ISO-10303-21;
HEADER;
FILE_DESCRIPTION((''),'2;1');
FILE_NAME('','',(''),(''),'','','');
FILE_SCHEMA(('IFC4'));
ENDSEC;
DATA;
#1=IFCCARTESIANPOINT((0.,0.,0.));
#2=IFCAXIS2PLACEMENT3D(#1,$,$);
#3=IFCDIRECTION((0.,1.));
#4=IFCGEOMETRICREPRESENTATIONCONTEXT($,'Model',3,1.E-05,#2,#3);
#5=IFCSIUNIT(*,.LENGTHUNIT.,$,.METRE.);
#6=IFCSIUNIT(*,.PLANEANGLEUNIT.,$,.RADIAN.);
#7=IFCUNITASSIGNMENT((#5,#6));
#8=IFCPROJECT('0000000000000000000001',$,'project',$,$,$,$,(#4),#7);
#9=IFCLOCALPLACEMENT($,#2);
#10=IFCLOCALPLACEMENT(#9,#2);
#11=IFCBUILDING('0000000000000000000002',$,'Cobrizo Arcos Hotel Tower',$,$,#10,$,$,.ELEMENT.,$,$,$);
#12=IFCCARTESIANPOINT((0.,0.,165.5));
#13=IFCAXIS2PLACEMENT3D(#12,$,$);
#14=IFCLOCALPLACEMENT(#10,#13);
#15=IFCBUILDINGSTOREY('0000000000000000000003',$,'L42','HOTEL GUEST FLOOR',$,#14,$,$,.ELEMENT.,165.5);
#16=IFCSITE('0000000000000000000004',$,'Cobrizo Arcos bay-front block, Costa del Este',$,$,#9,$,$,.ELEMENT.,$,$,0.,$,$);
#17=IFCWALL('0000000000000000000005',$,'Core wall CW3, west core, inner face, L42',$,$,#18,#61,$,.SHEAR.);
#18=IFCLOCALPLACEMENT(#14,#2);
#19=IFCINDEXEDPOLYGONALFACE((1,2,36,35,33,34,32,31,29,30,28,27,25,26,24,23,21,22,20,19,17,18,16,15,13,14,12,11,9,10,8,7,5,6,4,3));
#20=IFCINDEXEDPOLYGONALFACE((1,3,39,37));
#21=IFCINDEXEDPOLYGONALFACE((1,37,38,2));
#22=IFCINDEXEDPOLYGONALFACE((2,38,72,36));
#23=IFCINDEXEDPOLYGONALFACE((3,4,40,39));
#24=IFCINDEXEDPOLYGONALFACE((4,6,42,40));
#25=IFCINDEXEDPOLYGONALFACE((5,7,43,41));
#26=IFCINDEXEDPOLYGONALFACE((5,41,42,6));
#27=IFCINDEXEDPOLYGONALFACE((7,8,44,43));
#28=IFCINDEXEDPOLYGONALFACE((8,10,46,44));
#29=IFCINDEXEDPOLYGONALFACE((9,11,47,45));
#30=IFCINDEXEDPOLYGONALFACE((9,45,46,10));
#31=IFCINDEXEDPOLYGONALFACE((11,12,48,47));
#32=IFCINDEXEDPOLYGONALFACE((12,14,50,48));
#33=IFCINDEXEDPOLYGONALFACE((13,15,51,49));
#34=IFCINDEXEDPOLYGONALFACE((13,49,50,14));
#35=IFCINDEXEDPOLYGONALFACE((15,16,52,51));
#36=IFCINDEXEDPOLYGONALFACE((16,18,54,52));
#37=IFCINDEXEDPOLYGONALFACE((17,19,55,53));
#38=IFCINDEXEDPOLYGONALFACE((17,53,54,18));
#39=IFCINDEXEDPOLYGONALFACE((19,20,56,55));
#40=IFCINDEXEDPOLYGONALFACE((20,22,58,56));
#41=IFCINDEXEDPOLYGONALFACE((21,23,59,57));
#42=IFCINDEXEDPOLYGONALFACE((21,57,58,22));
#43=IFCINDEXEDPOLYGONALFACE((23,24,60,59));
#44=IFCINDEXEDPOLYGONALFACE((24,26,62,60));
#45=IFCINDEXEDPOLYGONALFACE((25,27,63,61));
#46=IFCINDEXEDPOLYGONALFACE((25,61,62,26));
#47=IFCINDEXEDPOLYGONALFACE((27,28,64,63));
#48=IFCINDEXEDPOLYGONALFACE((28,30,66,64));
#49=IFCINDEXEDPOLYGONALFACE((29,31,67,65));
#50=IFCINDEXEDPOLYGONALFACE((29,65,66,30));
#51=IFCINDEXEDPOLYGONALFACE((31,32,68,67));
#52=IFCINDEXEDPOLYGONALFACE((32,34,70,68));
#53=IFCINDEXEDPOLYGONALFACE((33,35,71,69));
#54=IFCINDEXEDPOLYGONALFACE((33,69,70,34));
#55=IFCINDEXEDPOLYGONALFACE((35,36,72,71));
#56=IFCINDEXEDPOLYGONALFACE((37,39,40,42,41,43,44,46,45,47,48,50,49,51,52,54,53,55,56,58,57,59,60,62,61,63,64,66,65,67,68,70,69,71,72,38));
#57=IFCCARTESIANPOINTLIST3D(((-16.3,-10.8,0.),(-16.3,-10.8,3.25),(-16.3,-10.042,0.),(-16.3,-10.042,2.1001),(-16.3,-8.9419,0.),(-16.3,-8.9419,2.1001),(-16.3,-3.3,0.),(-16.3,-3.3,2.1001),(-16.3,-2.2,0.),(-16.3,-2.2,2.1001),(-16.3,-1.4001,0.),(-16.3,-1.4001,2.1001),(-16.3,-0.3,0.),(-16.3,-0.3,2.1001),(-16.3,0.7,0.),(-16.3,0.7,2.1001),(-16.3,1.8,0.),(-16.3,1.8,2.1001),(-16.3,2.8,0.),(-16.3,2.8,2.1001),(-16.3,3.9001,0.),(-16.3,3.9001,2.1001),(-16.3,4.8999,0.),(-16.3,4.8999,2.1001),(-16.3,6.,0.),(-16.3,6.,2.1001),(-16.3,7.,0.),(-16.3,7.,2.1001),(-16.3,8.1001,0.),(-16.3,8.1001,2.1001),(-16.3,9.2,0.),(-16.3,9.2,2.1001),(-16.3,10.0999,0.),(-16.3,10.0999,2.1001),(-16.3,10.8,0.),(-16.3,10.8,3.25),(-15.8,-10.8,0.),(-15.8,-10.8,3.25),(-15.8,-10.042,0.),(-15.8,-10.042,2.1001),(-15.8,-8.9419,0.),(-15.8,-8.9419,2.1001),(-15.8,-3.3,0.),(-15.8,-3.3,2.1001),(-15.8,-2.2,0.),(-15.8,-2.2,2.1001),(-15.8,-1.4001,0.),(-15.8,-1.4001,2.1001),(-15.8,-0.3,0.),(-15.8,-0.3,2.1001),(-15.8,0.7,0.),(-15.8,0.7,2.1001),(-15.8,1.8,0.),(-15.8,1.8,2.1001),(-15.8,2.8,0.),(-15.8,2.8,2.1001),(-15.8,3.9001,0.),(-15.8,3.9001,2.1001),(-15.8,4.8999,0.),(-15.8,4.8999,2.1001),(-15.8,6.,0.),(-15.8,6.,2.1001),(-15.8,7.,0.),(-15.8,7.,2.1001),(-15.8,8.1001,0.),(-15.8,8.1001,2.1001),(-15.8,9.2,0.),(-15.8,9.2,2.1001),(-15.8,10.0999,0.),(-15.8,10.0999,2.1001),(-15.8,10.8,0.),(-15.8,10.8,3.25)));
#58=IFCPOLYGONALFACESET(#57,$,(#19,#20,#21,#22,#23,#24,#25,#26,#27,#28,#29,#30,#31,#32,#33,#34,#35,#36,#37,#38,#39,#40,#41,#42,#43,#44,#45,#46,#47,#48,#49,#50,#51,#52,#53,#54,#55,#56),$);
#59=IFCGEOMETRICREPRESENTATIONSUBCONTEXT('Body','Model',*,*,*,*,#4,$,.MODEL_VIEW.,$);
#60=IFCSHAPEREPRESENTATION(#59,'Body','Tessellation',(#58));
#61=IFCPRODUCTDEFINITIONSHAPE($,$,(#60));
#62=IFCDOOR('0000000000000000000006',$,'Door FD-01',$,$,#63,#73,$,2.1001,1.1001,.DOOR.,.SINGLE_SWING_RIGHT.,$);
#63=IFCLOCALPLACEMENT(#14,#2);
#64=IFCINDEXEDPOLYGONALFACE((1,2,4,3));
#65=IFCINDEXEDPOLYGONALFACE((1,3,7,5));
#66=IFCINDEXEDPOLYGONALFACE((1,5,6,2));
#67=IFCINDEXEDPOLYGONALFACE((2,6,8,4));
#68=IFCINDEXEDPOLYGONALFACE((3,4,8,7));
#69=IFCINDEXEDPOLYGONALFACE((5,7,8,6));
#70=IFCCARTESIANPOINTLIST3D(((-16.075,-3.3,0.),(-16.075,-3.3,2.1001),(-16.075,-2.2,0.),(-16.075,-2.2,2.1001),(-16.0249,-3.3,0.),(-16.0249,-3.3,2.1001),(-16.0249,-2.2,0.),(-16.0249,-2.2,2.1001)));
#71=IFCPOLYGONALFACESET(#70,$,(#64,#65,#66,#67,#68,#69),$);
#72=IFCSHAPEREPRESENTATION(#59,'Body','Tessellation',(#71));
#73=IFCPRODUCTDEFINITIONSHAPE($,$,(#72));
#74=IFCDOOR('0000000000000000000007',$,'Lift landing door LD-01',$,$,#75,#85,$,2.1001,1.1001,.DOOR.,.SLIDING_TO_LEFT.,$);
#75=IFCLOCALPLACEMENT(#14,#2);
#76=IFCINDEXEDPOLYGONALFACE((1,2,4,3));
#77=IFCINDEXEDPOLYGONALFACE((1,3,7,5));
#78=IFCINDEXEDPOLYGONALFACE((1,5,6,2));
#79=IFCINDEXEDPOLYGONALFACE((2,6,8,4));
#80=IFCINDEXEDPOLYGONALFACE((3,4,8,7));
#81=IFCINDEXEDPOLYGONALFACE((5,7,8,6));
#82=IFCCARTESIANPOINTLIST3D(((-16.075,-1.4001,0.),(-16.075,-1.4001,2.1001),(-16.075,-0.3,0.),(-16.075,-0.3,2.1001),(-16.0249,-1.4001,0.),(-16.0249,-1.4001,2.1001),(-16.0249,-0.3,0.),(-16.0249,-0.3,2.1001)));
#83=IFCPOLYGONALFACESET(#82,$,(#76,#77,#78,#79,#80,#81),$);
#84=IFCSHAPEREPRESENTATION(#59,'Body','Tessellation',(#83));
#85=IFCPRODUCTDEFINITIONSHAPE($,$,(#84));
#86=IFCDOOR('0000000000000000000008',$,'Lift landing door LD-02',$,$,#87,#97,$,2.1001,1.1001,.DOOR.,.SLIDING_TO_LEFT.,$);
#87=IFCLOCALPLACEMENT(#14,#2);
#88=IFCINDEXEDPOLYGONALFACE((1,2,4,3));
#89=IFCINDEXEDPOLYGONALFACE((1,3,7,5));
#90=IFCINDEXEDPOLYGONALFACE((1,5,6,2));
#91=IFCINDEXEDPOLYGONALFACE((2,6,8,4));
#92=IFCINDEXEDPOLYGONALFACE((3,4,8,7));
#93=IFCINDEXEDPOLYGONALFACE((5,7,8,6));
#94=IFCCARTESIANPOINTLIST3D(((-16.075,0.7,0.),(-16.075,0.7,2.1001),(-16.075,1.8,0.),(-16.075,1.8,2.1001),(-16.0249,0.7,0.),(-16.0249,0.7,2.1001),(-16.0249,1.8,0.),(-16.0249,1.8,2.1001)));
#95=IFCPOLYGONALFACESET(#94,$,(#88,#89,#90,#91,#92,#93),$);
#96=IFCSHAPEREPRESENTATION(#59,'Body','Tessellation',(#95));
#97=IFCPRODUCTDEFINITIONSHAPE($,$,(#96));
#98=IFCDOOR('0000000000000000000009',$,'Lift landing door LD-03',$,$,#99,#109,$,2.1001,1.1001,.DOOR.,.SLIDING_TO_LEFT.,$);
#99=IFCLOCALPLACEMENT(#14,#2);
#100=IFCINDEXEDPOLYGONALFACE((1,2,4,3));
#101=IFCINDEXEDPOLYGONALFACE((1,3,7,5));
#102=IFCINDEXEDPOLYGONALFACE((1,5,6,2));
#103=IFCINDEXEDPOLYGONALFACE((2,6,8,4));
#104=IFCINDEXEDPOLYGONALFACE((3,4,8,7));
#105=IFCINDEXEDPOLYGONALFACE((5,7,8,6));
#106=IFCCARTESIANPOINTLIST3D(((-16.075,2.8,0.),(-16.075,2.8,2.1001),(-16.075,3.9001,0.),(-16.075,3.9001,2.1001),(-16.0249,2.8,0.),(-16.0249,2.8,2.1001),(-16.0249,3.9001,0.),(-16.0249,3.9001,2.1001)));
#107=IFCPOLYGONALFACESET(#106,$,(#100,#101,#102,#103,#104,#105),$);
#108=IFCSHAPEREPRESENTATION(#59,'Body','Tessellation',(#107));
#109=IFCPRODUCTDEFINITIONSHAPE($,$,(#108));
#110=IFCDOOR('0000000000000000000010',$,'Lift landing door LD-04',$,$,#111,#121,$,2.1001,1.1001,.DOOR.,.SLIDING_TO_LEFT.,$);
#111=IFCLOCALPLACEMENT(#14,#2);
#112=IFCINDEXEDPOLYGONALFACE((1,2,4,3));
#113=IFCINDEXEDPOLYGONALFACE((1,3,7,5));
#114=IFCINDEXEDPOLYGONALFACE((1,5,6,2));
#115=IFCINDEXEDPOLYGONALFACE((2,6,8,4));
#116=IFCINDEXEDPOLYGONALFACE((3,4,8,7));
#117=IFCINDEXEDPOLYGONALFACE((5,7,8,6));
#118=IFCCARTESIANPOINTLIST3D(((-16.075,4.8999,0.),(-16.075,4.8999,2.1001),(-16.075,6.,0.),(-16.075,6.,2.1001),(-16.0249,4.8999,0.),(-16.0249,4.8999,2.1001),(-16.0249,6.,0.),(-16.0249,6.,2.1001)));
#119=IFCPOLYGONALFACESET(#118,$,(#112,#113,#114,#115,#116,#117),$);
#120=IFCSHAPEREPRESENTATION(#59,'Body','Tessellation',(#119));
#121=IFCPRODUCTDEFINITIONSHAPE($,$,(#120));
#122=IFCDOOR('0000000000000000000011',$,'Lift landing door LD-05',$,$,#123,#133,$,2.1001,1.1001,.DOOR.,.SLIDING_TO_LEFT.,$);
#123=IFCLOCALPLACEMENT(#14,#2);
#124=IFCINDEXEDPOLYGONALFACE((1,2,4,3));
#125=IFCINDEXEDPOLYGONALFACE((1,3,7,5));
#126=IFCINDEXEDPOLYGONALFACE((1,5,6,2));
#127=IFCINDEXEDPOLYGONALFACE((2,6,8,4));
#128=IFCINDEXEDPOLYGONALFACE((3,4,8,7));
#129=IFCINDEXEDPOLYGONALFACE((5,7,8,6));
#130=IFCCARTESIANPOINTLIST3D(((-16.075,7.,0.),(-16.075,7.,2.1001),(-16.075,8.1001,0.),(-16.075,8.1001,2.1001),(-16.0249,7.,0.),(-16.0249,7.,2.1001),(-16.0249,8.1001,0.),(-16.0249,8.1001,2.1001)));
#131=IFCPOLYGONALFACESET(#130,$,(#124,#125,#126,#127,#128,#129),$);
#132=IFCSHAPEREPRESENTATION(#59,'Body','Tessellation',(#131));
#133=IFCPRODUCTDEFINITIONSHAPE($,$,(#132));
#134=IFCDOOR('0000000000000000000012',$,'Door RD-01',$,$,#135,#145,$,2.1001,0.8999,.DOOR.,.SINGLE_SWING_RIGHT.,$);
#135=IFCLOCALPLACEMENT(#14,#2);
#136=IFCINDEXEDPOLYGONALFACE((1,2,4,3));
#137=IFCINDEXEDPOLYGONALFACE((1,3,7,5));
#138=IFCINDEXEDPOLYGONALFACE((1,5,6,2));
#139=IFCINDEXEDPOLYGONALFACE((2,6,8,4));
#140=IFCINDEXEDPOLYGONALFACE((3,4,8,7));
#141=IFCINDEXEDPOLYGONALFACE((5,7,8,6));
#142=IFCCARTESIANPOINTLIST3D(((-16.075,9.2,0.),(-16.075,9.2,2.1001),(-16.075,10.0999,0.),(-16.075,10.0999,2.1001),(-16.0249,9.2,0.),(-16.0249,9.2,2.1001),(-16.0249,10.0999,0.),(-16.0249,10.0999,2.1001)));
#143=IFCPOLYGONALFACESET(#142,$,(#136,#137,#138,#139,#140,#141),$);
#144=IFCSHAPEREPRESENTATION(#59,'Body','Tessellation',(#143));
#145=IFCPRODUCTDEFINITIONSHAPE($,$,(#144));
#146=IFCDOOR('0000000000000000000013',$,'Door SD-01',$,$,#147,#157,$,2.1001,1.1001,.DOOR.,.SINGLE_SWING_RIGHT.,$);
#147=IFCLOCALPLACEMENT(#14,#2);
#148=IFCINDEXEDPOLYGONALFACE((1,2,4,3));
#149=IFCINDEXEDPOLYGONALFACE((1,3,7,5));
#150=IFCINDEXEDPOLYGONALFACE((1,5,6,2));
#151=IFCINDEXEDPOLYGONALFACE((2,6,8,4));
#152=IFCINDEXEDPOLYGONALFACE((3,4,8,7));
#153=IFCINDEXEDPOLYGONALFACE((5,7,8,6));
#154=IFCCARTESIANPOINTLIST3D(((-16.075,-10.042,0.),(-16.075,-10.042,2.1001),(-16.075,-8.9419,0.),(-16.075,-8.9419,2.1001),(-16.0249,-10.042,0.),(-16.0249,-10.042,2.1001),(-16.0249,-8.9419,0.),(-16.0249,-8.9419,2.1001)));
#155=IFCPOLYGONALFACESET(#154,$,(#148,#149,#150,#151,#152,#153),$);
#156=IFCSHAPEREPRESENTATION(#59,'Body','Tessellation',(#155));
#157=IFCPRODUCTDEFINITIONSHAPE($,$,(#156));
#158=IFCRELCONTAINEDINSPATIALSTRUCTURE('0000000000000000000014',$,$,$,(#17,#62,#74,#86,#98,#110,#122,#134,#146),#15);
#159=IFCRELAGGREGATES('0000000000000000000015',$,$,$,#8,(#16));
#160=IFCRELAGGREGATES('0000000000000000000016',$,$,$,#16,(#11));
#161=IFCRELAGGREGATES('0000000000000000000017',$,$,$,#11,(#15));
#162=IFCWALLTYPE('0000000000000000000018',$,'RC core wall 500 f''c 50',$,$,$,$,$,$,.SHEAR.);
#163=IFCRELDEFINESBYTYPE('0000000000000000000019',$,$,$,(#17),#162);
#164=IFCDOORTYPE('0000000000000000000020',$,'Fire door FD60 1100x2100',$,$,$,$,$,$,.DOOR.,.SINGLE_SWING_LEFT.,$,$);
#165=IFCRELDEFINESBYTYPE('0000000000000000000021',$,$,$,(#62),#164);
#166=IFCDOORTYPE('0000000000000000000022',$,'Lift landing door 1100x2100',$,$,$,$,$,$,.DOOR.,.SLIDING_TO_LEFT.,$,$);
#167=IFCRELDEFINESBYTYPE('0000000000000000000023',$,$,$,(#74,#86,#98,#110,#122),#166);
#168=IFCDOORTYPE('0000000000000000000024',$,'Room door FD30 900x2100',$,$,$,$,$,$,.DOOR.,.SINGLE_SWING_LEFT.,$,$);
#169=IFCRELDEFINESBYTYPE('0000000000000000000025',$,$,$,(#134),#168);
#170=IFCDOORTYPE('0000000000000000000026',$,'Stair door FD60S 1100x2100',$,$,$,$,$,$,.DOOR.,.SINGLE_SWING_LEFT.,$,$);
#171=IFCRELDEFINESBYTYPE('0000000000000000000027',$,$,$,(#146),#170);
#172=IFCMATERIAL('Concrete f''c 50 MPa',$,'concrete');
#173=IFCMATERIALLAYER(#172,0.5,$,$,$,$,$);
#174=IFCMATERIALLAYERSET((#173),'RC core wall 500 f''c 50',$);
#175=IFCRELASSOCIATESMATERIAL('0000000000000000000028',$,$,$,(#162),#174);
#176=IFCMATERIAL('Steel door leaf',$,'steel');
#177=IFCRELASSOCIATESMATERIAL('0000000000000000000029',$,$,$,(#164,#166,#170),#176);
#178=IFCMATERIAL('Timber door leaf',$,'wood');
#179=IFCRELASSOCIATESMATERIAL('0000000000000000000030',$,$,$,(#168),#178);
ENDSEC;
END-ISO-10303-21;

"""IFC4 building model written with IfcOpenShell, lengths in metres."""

from ifc_helpers import new_model, si_unit, direction, frame, frame_2d, origin, place, context, subcontext, project, spatial, rectangle, extrude, material, layer, layer_set, type_object, element, fill, save


model = new_model("IFC4")

# Units and contexts
model_context = context("Model", 3, precision=1e-05, world=origin(), true_north=direction((0.0, 1.0)))
body_context = subcontext(model_context, "Body", "Model", "MODEL_VIEW")
ifc_project = project(units=[si_unit("LENGTHUNIT", "METRE"), si_unit("PLANEANGLEUNIT", "RADIAN")], contexts=[model_context])

# Site, building, storey
site_placement = place(None, origin())
site = spatial("IfcSite", under=ifc_project, at=site_placement, Name="Cobrizo Arcos bay-front block, Costa del Este", CompositionType="ELEMENT", RefElevation=0.0)
building_placement = place(site_placement, origin())
building = spatial("IfcBuilding", under=site, at=building_placement, Name="Cobrizo Arcos Hotel Tower", CompositionType="ELEMENT")
storey_placement = place(building_placement, frame((0.0, 0.0, 165.5)))
storey = spatial("IfcBuildingStorey", under=building, at=storey_placement, Name="L42", Description="HOTEL GUEST FLOOR", CompositionType="ELEMENT", Elevation=165.5)

# Wall, openings, doors
ifc_material_1 = material(Name="Concrete f'c 50 MPa", Category="concrete")
ifc_layer_1 = layer(ifc_material_1, 0.5)
ifc_layer_set_1 = layer_set([ifc_layer_1], Name="RC core wall 500 f'c 50")
wall_type_1 = type_object("IfcWallType", Name="RC core wall 500 f'c 50", PredefinedType="SHEAR", material=ifc_layer_set_1)
wall_1_placement = place(storey_placement, frame((-16.05, -10.8, 0.0), z_axis=(0.0, 0.0, 1.0), x_axis=(0.0, 1.0, 0.0)))
wall_1 = element("IfcWall", 1, at=wall_1_placement, inside=storey, type_object=wall_type_1, Name="Core wall CW3, west core, inner face, L42", PredefinedType="SHEAR", context=body_context, shape_type="SweptSolid", body=[
    extrude(rectangle(XDim=21.6001, YDim=0.5, at=frame_2d((10.8, 0.0))), origin(), (0.0, 0.0, 1.0), 3.25),
])
opening_1_placement = place(wall_1_placement, frame((9.3999, 0.0, 0.0)))
opening_1 = element("IfcOpeningElement", 2, at=opening_1_placement, cuts=wall_1, PredefinedType="OPENING", context=body_context, shape_type="SweptSolid", body=[
    extrude(rectangle(XDim=1.1001, YDim=2.1001, at=frame_2d((0.55, 1.05))), frame((0.0, 0.262, 0.0), z_axis=(0.0, -1.0, 0.0), x_axis=(1.0, 0.0, 0.0)), (0.0, 0.0, 1.0), 0.5239),
])
opening_2_placement = place(wall_1_placement, frame((11.5, 0.0, 0.0)))
opening_2 = element("IfcOpeningElement", 3, at=opening_2_placement, cuts=wall_1, PredefinedType="OPENING", context=body_context, shape_type="SweptSolid", body=[
    extrude(rectangle(XDim=1.1001, YDim=2.1001, at=frame_2d((0.55, 1.05))), frame((0.0, 0.262, 0.0), z_axis=(0.0, -1.0, 0.0), x_axis=(1.0, 0.0, 0.0)), (0.0, 0.0, 1.0), 0.5239),
])
opening_3_placement = place(wall_1_placement, frame((13.6001, 0.0, 0.0)))
opening_3 = element("IfcOpeningElement", 4, at=opening_3_placement, cuts=wall_1, PredefinedType="OPENING", context=body_context, shape_type="SweptSolid", body=[
    extrude(rectangle(XDim=1.1001, YDim=2.1001, at=frame_2d((0.55, 1.05))), frame((0.0, 0.262, 0.0), z_axis=(0.0, -1.0, 0.0), x_axis=(1.0, 0.0, 0.0)), (0.0, 0.0, 1.0), 0.5239),
])
opening_4_placement = place(wall_1_placement, frame((15.7, 0.0, 0.0)))
opening_4 = element("IfcOpeningElement", 5, at=opening_4_placement, cuts=wall_1, PredefinedType="OPENING", context=body_context, shape_type="SweptSolid", body=[
    extrude(rectangle(XDim=1.1001, YDim=2.1001, at=frame_2d((0.55, 1.05))), frame((0.0, 0.262, 0.0), z_axis=(0.0, -1.0, 0.0), x_axis=(1.0, 0.0, 0.0)), (0.0, 0.0, 1.0), 0.5239),
])
opening_5_placement = place(wall_1_placement, frame((17.8, 0.0, 0.0)))
opening_5 = element("IfcOpeningElement", 6, at=opening_5_placement, cuts=wall_1, PredefinedType="OPENING", context=body_context, shape_type="SweptSolid", body=[
    extrude(rectangle(XDim=1.1001, YDim=2.1001, at=frame_2d((0.55, 1.05))), frame((0.0, 0.262, 0.0), z_axis=(0.0, -1.0, 0.0), x_axis=(1.0, 0.0, 0.0)), (0.0, 0.0, 1.0), 0.5239),
])
opening_6_placement = place(wall_1_placement, frame((0.7581, 0.0, 0.0)))
opening_6 = element("IfcOpeningElement", 7, at=opening_6_placement, cuts=wall_1, PredefinedType="OPENING", context=body_context, shape_type="SweptSolid", body=[
    extrude(rectangle(XDim=1.1001, YDim=2.1001, at=frame_2d((0.55, 1.05))), frame((0.0, 0.262, 0.0), z_axis=(0.0, -1.0, 0.0), x_axis=(1.0, 0.0, 0.0)), (0.0, 0.0, 1.0), 0.5239),
])
opening_7_placement = place(wall_1_placement, frame((7.5, 0.0, 0.0)))
opening_7 = element("IfcOpeningElement", 8, at=opening_7_placement, cuts=wall_1, PredefinedType="OPENING", context=body_context, shape_type="SweptSolid", body=[
    extrude(rectangle(XDim=1.1001, YDim=2.1001, at=frame_2d((0.55, 1.05))), frame((0.0, 0.262, 0.0), z_axis=(0.0, -1.0, 0.0), x_axis=(1.0, 0.0, 0.0)), (0.0, 0.0, 1.0), 0.5239),
])
opening_8_placement = place(wall_1_placement, frame((20.0, 0.0, 0.0)))
opening_8 = element("IfcOpeningElement", 9, at=opening_8_placement, cuts=wall_1, PredefinedType="OPENING", context=body_context, shape_type="SweptSolid", body=[
    extrude(rectangle(XDim=0.8999, YDim=2.1001, at=frame_2d((0.45, 1.05))), frame((0.0, 0.262, 0.0), z_axis=(0.0, -1.0, 0.0), x_axis=(1.0, 0.0, 0.0)), (0.0, 0.0, 1.0), 0.5239),
])
ifc_material_2 = material(Name="Steel door leaf", Category="steel")
door_type_1 = type_object("IfcDoorType", Name="Fire door FD60 1100x2100", OperationType="SINGLE_SWING_LEFT", PredefinedType="DOOR", material=ifc_material_2)
door_1_placement = place(opening_7_placement, origin())
door_1 = element("IfcDoor", 10, at=door_1_placement, inside=storey, type_object=door_type_1, Name="Door FD-01", OperationType="SINGLE_SWING_RIGHT", OverallHeight=2.1001, OverallWidth=1.1001, PredefinedType="DOOR", context=body_context, shape_type="SweptSolid", body=[
    extrude(rectangle(XDim=1.1001, YDim=2.1001, at=frame_2d((0.55, 1.05))), frame((0.0, 0.0249, 0.0), z_axis=(0.0, -1.0, 0.0), x_axis=(1.0, 0.0, 0.0)), (0.0, 0.0, 1.0), 0.05),
])
fill(opening_7, door_1)
door_type_2 = type_object("IfcDoorType", Name="Lift landing door 1100x2100", OperationType="SLIDING_TO_LEFT", PredefinedType="DOOR", material=ifc_material_2)
door_2_placement = place(opening_1_placement, origin())
door_2 = element("IfcDoor", 11, at=door_2_placement, inside=storey, type_object=door_type_2, Name="Lift landing door LD-01", OperationType="SLIDING_TO_LEFT", OverallHeight=2.1001, OverallWidth=1.1001, PredefinedType="DOOR", context=body_context, shape_type="SweptSolid", body=[
    extrude(rectangle(XDim=1.1001, YDim=2.1001, at=frame_2d((0.55, 1.05))), frame((0.0, 0.0249, 0.0), z_axis=(0.0, -1.0, 0.0), x_axis=(1.0, 0.0, 0.0)), (0.0, 0.0, 1.0), 0.05),
])
fill(opening_1, door_2)
door_3_placement = place(opening_2_placement, origin())
door_3 = element("IfcDoor", 12, at=door_3_placement, inside=storey, type_object=door_type_2, Name="Lift landing door LD-02", OperationType="SLIDING_TO_LEFT", OverallHeight=2.1001, OverallWidth=1.1001, PredefinedType="DOOR", context=body_context, shape_type="SweptSolid", body=[
    extrude(rectangle(XDim=1.1001, YDim=2.1001, at=frame_2d((0.55, 1.05))), frame((0.0, 0.0249, 0.0), z_axis=(0.0, -1.0, 0.0), x_axis=(1.0, 0.0, 0.0)), (0.0, 0.0, 1.0), 0.05),
])
fill(opening_2, door_3)
door_4_placement = place(opening_3_placement, origin())
door_4 = element("IfcDoor", 13, at=door_4_placement, inside=storey, type_object=door_type_2, Name="Lift landing door LD-03", OperationType="SLIDING_TO_LEFT", OverallHeight=2.1001, OverallWidth=1.1001, PredefinedType="DOOR", context=body_context, shape_type="SweptSolid", body=[
    extrude(rectangle(XDim=1.1001, YDim=2.1001, at=frame_2d((0.55, 1.05))), frame((0.0, 0.0249, 0.0), z_axis=(0.0, -1.0, 0.0), x_axis=(1.0, 0.0, 0.0)), (0.0, 0.0, 1.0), 0.05),
])
fill(opening_3, door_4)
door_5_placement = place(opening_4_placement, origin())
door_5 = element("IfcDoor", 14, at=door_5_placement, inside=storey, type_object=door_type_2, Name="Lift landing door LD-04", OperationType="SLIDING_TO_LEFT", OverallHeight=2.1001, OverallWidth=1.1001, PredefinedType="DOOR", context=body_context, shape_type="SweptSolid", body=[
    extrude(rectangle(XDim=1.1001, YDim=2.1001, at=frame_2d((0.55, 1.05))), frame((0.0, 0.0249, 0.0), z_axis=(0.0, -1.0, 0.0), x_axis=(1.0, 0.0, 0.0)), (0.0, 0.0, 1.0), 0.05),
])
fill(opening_4, door_5)
door_6_placement = place(opening_5_placement, origin())
door_6 = element("IfcDoor", 15, at=door_6_placement, inside=storey, type_object=door_type_2, Name="Lift landing door LD-05", OperationType="SLIDING_TO_LEFT", OverallHeight=2.1001, OverallWidth=1.1001, PredefinedType="DOOR", context=body_context, shape_type="SweptSolid", body=[
    extrude(rectangle(XDim=1.1001, YDim=2.1001, at=frame_2d((0.55, 1.05))), frame((0.0, 0.0249, 0.0), z_axis=(0.0, -1.0, 0.0), x_axis=(1.0, 0.0, 0.0)), (0.0, 0.0, 1.0), 0.05),
])
fill(opening_5, door_6)
ifc_material_3 = material(Name="Timber door leaf", Category="wood")
door_type_3 = type_object("IfcDoorType", Name="Room door FD30 900x2100", OperationType="SINGLE_SWING_LEFT", PredefinedType="DOOR", material=ifc_material_3)
door_7_placement = place(opening_8_placement, origin())
door_7 = element("IfcDoor", 16, at=door_7_placement, inside=storey, type_object=door_type_3, Name="Door RD-01", OperationType="SINGLE_SWING_RIGHT", OverallHeight=2.1001, OverallWidth=0.8999, PredefinedType="DOOR", context=body_context, shape_type="SweptSolid", body=[
    extrude(rectangle(XDim=0.8999, YDim=2.1001, at=frame_2d((0.45, 1.05))), frame((0.0, 0.0249, 0.0), z_axis=(0.0, -1.0, 0.0), x_axis=(1.0, 0.0, 0.0)), (0.0, 0.0, 1.0), 0.05),
])
fill(opening_8, door_7)
door_type_4 = type_object("IfcDoorType", Name="Stair door FD60S 1100x2100", OperationType="SINGLE_SWING_LEFT", PredefinedType="DOOR", material=ifc_material_2)
door_8_placement = place(opening_6_placement, origin())
door_8 = element("IfcDoor", 17, at=door_8_placement, inside=storey, type_object=door_type_4, Name="Door SD-01", OperationType="SINGLE_SWING_RIGHT", OverallHeight=2.1001, OverallWidth=1.1001, PredefinedType="DOOR", context=body_context, shape_type="SweptSolid", body=[
    extrude(rectangle(XDim=1.1001, YDim=2.1001, at=frame_2d((0.55, 1.05))), frame((0.0, 0.0249, 0.0), z_axis=(0.0, -1.0, 0.0), x_axis=(1.0, 0.0, 0.0)), (0.0, 0.0, 1.0), 0.05),
])
fill(opening_6, door_8)

save(model, "model.ifc")
